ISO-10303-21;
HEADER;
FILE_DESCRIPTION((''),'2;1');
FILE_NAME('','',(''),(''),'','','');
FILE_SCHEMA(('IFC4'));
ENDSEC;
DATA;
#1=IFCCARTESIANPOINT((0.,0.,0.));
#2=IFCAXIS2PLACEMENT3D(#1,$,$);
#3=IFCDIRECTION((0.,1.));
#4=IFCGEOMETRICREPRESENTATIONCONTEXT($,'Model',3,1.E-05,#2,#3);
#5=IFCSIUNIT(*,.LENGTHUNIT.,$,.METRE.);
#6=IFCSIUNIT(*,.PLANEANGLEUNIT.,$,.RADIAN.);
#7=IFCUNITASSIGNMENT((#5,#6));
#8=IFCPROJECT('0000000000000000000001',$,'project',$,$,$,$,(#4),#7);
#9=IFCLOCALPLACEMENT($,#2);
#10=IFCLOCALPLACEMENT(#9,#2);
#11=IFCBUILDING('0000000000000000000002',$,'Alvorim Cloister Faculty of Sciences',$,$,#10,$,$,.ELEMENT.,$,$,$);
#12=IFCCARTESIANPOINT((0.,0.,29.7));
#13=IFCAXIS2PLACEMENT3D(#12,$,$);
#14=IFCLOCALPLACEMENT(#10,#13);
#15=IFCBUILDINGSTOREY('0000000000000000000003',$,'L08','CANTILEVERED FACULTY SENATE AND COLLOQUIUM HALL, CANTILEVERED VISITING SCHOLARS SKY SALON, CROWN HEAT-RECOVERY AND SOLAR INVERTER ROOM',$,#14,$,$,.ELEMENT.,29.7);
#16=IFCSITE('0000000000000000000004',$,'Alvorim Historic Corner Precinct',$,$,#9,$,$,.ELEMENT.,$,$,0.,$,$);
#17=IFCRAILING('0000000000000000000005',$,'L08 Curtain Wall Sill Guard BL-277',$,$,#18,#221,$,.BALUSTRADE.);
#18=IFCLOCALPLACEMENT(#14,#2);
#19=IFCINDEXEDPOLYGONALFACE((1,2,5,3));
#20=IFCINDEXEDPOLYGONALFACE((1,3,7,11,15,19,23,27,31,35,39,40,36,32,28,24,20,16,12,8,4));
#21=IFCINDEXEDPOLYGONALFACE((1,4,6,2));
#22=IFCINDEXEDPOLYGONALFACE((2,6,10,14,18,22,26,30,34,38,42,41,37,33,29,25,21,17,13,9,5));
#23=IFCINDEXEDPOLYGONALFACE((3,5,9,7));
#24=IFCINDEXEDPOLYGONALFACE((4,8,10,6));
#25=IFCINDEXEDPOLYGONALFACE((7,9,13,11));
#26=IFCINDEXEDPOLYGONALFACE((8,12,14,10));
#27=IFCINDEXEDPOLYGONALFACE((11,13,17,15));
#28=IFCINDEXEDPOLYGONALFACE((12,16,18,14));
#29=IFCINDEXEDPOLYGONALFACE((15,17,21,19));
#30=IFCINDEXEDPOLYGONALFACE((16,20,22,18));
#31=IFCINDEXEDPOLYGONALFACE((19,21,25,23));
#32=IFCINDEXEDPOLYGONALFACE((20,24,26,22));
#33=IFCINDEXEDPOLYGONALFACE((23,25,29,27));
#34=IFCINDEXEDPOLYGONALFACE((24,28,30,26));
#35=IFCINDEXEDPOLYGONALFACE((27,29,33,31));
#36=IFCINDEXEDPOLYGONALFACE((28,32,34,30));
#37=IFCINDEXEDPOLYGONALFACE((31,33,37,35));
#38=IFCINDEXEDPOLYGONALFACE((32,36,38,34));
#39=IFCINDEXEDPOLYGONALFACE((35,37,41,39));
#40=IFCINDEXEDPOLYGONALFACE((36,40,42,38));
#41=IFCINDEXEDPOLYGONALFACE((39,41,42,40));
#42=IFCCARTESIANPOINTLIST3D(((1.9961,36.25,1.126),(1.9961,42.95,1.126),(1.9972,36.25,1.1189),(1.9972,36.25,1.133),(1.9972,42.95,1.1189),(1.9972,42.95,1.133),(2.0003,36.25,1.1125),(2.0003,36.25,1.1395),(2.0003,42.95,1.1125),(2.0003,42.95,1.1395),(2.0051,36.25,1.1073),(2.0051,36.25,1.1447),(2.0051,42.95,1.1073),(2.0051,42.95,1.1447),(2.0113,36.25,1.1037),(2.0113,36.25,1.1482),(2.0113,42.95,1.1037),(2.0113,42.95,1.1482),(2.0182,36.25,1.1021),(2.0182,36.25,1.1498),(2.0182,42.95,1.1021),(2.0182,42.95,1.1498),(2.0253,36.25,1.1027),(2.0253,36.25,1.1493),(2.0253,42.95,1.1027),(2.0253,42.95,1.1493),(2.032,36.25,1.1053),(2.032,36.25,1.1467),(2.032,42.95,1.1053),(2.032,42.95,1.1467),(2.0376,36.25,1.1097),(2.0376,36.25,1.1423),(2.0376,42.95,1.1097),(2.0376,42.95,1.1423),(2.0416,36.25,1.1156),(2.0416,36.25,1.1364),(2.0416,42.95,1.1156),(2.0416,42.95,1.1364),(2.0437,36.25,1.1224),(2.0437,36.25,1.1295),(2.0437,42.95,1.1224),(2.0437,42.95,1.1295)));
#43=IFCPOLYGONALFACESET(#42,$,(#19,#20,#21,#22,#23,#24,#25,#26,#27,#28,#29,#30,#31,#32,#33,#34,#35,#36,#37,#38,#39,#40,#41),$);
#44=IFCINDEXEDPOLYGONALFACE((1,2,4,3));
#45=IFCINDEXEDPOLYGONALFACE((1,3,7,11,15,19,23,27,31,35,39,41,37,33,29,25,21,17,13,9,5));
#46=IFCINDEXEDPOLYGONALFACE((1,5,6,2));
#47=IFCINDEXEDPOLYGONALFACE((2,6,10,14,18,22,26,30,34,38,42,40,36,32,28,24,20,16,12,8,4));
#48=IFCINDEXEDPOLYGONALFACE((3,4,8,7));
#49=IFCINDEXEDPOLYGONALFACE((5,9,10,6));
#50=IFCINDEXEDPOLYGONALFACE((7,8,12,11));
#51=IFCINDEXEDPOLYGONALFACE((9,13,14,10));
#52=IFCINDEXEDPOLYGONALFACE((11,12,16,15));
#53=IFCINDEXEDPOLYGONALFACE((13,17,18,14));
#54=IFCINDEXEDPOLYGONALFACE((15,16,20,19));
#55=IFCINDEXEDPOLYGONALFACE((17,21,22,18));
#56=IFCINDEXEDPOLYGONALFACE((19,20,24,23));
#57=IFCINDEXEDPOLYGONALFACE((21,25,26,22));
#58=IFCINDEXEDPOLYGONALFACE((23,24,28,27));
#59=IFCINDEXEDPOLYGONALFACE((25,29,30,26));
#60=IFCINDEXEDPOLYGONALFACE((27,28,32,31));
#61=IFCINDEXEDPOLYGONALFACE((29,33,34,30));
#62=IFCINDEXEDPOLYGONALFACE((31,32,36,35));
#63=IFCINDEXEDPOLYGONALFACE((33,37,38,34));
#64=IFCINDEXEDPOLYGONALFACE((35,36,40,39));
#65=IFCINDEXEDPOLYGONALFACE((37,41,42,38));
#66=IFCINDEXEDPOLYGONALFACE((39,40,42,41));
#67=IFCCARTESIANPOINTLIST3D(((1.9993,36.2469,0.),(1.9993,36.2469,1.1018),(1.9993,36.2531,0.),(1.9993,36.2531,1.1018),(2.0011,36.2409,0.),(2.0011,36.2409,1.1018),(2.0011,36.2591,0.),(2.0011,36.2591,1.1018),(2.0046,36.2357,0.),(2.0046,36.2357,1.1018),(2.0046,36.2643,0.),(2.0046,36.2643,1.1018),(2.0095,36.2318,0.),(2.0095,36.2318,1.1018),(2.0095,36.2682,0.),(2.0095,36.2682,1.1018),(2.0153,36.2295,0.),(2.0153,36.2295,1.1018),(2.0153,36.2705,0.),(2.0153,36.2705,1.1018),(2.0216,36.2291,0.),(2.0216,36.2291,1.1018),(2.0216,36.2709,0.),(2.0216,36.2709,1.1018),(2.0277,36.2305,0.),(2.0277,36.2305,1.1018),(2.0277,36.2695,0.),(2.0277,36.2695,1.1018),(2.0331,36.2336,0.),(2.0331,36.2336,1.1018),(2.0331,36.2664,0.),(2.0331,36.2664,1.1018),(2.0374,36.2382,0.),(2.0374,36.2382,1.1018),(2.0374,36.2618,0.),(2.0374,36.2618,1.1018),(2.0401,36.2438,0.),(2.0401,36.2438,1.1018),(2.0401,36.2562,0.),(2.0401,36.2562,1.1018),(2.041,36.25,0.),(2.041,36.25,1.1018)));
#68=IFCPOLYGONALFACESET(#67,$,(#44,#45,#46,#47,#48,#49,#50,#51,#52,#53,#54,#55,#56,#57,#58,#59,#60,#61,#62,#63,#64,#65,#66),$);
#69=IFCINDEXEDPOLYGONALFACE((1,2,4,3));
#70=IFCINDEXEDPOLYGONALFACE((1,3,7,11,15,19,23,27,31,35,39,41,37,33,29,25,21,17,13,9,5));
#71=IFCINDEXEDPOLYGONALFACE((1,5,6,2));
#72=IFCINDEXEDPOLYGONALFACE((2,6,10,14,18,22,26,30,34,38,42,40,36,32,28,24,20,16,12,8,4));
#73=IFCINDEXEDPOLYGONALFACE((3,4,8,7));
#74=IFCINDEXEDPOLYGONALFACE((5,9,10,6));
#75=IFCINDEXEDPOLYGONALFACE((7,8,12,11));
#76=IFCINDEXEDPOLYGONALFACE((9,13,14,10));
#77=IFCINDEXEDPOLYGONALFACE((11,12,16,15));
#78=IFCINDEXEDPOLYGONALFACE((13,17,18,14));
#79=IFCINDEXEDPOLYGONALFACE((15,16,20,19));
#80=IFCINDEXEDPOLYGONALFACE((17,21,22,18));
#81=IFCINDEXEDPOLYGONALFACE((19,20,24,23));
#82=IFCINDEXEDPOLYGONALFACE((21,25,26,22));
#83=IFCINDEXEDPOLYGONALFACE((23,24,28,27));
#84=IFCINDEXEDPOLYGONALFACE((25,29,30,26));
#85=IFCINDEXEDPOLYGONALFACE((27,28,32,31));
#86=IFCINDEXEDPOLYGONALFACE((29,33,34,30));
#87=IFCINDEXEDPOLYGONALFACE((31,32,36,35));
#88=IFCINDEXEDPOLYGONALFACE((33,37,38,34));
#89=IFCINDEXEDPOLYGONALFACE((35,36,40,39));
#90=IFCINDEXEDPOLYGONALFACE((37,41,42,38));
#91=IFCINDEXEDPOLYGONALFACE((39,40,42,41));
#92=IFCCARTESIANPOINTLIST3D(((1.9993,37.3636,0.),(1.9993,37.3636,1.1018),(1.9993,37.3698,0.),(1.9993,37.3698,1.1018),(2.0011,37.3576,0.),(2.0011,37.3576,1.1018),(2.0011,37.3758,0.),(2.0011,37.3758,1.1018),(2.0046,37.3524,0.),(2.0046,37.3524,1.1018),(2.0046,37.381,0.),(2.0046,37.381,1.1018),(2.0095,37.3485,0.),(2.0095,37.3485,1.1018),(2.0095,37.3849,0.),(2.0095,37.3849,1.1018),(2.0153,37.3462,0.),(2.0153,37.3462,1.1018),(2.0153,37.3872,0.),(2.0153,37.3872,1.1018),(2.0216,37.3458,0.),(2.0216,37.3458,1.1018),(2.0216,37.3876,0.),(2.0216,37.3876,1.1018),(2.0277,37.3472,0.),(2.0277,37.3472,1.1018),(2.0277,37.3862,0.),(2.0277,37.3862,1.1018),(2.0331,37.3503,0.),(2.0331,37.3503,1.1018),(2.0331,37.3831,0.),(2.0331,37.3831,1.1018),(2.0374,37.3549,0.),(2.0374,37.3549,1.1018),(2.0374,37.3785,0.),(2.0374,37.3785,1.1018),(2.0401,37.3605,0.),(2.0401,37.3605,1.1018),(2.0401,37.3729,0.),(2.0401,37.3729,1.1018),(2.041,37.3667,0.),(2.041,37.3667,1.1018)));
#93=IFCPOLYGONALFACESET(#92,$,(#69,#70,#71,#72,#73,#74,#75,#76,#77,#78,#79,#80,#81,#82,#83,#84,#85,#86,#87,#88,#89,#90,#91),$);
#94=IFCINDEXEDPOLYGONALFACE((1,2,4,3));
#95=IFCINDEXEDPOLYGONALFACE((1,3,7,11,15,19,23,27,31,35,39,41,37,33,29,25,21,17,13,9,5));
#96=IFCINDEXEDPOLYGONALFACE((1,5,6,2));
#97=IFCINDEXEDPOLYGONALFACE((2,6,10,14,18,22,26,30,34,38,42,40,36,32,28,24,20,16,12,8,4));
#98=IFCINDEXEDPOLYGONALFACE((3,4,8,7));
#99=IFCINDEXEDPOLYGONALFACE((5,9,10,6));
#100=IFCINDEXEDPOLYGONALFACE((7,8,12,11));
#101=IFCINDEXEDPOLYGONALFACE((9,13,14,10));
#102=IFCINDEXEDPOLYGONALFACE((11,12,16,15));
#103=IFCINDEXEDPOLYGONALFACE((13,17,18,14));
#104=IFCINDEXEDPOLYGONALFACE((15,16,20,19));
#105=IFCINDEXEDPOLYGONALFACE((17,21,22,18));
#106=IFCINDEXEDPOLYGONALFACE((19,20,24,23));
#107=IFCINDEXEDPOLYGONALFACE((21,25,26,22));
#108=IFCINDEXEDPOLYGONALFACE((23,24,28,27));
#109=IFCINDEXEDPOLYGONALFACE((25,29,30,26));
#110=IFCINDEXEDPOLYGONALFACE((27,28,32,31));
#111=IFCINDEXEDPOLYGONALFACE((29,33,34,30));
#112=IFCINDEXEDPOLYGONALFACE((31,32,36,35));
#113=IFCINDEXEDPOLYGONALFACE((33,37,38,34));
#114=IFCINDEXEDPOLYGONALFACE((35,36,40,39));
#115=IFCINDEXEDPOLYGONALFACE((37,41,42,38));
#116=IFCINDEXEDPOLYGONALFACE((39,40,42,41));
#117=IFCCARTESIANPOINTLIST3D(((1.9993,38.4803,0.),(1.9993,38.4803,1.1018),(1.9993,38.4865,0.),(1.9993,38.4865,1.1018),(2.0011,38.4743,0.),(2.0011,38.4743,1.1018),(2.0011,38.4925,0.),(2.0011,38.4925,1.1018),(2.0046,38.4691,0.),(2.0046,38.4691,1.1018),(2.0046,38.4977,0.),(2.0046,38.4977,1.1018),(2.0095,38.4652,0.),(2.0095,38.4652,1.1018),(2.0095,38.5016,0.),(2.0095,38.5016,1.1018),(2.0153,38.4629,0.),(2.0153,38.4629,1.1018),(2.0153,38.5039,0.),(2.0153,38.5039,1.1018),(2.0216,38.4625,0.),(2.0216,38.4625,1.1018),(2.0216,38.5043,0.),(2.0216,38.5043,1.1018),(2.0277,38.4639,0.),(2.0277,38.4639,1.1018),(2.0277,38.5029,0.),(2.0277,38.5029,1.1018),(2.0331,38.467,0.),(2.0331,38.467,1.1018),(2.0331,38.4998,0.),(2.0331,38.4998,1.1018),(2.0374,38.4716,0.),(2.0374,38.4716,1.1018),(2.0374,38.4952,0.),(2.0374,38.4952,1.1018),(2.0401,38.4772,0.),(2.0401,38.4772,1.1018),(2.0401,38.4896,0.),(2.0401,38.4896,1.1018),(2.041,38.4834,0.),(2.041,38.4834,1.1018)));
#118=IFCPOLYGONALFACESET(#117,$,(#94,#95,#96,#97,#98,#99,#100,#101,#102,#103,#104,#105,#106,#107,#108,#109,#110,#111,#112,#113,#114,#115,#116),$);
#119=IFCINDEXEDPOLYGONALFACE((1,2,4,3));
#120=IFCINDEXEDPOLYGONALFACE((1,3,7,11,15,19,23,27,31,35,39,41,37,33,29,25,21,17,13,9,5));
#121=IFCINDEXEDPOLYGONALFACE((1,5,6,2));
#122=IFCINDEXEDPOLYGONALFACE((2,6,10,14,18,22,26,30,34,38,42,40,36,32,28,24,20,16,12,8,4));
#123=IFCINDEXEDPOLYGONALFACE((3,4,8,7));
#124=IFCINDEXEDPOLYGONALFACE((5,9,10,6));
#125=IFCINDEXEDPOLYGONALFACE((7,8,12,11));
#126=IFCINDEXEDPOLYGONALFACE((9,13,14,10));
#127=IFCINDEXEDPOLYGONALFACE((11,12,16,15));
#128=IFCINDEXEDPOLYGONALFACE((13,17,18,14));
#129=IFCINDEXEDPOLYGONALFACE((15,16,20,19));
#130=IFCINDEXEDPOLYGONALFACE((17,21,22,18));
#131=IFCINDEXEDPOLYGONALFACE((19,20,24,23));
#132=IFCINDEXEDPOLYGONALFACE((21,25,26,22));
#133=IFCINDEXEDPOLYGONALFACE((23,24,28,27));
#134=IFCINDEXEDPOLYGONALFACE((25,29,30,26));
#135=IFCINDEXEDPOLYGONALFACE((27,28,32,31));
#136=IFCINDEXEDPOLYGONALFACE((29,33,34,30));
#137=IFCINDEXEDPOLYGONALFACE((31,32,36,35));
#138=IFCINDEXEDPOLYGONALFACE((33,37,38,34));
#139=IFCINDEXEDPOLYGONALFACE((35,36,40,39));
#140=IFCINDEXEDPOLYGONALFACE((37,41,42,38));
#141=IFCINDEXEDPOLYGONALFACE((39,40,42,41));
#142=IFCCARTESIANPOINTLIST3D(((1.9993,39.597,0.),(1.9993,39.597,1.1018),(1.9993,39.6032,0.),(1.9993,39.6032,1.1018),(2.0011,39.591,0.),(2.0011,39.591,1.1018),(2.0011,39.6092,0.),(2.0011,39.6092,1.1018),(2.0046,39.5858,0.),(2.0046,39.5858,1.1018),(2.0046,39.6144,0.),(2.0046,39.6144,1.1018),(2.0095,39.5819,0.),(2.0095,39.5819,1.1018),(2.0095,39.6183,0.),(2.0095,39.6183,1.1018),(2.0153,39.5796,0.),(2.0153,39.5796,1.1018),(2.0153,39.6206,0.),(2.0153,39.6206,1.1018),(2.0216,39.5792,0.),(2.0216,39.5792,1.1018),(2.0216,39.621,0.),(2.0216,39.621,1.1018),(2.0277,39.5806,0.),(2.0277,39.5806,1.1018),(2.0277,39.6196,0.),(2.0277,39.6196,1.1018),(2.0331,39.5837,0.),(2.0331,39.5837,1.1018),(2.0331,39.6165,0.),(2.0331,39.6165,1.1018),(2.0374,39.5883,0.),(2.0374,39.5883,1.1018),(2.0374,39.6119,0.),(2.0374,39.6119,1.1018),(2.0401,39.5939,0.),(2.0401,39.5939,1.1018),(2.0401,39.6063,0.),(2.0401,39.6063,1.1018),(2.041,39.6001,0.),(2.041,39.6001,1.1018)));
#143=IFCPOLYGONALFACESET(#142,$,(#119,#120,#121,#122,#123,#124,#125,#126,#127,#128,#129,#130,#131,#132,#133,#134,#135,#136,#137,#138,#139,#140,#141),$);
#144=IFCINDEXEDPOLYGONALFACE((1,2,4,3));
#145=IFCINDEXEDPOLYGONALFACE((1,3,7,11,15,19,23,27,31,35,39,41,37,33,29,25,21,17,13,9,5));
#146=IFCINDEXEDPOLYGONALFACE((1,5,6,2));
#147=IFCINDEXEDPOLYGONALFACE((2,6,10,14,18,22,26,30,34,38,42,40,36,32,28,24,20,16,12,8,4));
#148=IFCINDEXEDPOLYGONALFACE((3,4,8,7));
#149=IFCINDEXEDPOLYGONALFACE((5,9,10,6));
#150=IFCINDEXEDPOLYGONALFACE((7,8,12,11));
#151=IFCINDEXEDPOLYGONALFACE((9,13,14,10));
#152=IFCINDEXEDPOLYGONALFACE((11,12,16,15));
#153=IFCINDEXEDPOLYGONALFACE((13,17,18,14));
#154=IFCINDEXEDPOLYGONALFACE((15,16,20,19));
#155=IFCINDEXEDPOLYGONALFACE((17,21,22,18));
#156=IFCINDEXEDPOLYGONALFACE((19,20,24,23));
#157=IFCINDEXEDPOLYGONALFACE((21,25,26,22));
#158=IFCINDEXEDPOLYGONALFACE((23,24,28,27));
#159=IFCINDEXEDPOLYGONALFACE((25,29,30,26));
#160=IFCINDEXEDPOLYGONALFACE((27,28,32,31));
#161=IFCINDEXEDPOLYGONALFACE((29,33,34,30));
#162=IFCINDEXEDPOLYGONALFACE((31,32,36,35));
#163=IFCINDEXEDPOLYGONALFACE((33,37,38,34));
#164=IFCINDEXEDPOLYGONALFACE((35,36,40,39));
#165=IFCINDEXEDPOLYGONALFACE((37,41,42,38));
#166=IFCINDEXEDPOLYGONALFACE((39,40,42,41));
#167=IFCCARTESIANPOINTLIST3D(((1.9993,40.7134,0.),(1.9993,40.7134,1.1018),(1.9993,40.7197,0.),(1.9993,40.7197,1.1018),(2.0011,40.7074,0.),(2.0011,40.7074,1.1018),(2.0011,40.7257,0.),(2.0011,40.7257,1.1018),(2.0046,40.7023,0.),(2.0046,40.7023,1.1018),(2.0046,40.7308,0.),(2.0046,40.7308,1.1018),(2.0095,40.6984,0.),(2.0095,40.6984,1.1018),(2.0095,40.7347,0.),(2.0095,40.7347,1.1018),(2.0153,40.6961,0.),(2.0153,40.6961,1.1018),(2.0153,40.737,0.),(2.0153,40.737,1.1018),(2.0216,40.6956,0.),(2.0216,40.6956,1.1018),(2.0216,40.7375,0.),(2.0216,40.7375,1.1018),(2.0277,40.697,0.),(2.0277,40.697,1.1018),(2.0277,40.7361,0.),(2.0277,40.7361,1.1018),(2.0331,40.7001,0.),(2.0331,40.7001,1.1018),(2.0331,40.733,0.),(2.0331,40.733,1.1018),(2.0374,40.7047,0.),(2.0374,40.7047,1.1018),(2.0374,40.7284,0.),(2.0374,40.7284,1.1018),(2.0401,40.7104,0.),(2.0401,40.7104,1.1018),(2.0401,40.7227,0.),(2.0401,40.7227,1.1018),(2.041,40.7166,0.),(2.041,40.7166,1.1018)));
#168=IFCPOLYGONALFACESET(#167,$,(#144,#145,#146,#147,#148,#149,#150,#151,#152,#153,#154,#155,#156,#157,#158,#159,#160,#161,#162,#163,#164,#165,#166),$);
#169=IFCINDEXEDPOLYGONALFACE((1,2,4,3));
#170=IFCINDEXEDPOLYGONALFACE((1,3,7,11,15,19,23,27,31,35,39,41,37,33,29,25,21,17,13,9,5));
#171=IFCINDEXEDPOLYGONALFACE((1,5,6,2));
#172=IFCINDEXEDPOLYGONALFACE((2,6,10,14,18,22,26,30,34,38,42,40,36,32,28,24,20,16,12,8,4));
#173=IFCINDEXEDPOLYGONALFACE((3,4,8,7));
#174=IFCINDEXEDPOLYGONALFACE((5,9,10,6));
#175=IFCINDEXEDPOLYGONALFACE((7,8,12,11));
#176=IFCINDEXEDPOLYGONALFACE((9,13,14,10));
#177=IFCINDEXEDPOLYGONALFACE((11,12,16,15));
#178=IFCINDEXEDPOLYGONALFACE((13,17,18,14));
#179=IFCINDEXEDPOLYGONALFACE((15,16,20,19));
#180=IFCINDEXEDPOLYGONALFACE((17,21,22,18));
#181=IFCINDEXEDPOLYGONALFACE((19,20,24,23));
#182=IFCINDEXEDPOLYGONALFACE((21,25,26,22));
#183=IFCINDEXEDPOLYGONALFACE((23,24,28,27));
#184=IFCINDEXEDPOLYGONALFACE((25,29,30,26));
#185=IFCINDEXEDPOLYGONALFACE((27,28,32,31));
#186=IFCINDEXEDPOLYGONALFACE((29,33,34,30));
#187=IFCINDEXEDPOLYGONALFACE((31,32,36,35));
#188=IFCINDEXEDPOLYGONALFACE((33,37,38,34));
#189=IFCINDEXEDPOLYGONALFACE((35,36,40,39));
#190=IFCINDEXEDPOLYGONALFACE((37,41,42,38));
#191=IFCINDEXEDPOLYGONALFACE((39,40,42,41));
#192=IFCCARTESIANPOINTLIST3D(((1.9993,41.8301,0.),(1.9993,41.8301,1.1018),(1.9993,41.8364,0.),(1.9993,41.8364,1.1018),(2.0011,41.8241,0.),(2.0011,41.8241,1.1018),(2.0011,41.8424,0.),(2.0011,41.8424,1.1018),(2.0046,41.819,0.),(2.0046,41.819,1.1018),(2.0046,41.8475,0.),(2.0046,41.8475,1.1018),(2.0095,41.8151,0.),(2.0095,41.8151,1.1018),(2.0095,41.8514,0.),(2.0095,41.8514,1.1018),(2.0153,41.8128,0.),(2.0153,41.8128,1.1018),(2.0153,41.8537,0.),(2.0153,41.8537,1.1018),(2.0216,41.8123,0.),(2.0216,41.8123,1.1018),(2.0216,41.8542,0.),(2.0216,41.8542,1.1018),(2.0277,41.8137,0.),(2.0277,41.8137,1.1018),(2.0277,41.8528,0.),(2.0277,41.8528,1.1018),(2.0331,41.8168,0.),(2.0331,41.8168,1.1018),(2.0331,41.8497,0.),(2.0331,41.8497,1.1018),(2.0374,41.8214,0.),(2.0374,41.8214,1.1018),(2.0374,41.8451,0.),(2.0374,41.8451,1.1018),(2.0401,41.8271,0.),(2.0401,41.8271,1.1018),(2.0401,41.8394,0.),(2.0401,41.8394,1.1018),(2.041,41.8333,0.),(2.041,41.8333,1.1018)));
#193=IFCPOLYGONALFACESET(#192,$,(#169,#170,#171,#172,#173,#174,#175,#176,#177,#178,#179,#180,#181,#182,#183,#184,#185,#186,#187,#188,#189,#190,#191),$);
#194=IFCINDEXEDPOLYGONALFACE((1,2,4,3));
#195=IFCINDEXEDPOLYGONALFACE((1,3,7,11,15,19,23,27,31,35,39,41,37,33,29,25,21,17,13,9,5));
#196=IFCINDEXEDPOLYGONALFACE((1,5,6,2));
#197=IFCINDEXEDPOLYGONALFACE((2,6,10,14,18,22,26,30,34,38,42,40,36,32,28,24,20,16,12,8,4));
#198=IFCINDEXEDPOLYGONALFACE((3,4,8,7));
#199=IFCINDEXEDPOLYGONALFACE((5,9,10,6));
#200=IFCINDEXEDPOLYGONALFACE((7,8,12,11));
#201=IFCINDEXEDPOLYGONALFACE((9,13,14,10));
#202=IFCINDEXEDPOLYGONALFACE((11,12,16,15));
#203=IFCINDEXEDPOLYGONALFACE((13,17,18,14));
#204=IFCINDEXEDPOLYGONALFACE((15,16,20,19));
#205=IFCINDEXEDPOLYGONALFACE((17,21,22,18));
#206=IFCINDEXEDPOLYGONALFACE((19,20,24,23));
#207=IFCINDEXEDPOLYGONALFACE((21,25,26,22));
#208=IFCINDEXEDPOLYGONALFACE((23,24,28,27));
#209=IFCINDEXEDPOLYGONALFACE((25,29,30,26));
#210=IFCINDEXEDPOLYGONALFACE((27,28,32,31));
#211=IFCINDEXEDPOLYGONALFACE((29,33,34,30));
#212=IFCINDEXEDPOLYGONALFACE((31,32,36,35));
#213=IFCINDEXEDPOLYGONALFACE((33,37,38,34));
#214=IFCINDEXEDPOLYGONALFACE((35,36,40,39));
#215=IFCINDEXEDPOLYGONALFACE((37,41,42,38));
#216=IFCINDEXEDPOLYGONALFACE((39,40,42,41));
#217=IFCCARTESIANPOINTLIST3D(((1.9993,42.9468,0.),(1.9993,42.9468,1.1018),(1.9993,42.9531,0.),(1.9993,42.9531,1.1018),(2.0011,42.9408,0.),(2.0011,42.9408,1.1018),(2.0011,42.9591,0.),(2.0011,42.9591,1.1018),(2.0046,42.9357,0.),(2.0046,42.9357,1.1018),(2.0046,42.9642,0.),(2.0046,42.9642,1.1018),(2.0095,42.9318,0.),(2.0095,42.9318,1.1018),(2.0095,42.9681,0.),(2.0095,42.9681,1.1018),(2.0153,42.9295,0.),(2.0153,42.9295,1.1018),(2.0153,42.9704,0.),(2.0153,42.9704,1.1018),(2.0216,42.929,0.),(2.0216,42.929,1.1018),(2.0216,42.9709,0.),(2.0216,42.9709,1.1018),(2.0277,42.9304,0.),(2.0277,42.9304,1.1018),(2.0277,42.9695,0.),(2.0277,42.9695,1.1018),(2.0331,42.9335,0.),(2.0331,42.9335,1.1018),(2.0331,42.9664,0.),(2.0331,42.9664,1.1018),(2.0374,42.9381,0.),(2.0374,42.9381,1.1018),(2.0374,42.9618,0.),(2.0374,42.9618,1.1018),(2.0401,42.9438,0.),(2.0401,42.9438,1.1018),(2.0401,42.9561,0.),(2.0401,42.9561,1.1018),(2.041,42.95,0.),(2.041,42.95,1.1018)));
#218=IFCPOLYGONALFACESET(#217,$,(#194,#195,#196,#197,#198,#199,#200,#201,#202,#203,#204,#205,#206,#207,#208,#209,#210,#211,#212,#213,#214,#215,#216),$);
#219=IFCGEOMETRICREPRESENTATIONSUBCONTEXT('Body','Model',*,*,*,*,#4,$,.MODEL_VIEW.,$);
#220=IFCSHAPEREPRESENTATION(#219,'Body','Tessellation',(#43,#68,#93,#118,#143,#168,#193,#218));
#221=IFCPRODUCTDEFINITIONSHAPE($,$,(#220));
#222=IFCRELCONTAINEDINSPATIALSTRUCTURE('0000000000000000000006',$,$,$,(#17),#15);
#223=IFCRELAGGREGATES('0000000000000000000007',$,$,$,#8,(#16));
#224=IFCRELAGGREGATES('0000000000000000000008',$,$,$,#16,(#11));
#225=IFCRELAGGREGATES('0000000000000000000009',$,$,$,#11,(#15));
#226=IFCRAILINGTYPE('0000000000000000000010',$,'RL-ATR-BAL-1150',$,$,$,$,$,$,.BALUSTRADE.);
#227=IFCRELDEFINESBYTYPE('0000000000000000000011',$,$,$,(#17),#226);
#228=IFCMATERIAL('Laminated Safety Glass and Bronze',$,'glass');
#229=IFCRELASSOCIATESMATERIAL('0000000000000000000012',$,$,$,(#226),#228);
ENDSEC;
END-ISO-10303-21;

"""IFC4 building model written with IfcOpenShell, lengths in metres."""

from ifc_helpers import new_model, si_unit, direction, frame, origin, origin_2d, place, context, subcontext, project, spatial, circle, extrude, material, type_object, element, save


model = new_model("IFC4")

# Units and contexts
model_context = context("Model", 3, precision=1e-05, world=origin(), true_north=direction((0.0, 1.0)))
body_context = subcontext(model_context, "Body", "Model", "MODEL_VIEW")
ifc_project = project(units=[si_unit("LENGTHUNIT", "METRE"), si_unit("PLANEANGLEUNIT", "RADIAN")], contexts=[model_context])

# Site, building, storey
site_placement = place(None, origin())
site = spatial("IfcSite", under=ifc_project, at=site_placement, Name="Alvorim Historic Corner Precinct", CompositionType="ELEMENT", RefElevation=0.0)
building_placement = place(site_placement, origin())
building = spatial("IfcBuilding", under=site, at=building_placement, Name="Alvorim Cloister Faculty of Sciences", CompositionType="ELEMENT")
storey_placement = place(building_placement, frame((0.0, 0.0, 29.7)))
storey = spatial("IfcBuildingStorey", under=building, at=storey_placement, Name="L08", Description="CANTILEVERED FACULTY SENATE AND COLLOQUIUM HALL, CANTILEVERED VISITING SCHOLARS SKY SALON, CROWN HEAT-RECOVERY AND SOLAR INVERTER ROOM", CompositionType="ELEMENT", Elevation=29.7)

# Railing
ifc_material_1 = material(Name="Laminated Safety Glass and Bronze", Category="glass")
railing_type = type_object("IfcRailingType", Name="RL-ATR-BAL-1150", PredefinedType="BALUSTRADE", material=ifc_material_1)
railing_1_placement = place(storey_placement, frame((2.02, 36.25, 0.0)))
element("IfcRailing", 1, at=railing_1_placement, inside=storey, type_object=railing_type, Name="L08 Curtain Wall Sill Guard BL-277", PredefinedType="BALUSTRADE", context=body_context, shape_type="SweptSolid", body=[
    extrude(circle(Radius=0.0239, at=origin_2d()), frame((0.0, 0.0, 1.126), z_axis=(0.0, 1.0, 0.0), x_axis=(-1.0, 0.0, 0.0)), (0.0, 0.0, 1.0), 6.7),
    extrude(circle(Radius=0.021, at=origin_2d()), origin(), (0.0, 0.0, 1.0), 1.1018),
    extrude(circle(Radius=0.021, at=origin_2d()), frame((0.0, 1.1167, 0.0)), (0.0, 0.0, 1.0), 1.1018),
    extrude(circle(Radius=0.021, at=origin_2d()), frame((0.0, 2.2334, 0.0)), (0.0, 0.0, 1.0), 1.1018),
    extrude(circle(Radius=0.021, at=origin_2d()), frame((0.0, 3.3501, 0.0)), (0.0, 0.0, 1.0), 1.1018),
    extrude(circle(Radius=0.021, at=origin_2d()), frame((0.0, 4.4666, 0.0)), (0.0, 0.0, 1.0), 1.1018),
    extrude(circle(Radius=0.021, at=origin_2d()), frame((0.0, 5.5833, 0.0)), (0.0, 0.0, 1.0), 1.1018),
    extrude(circle(Radius=0.021, at=origin_2d()), frame((0.0, 6.7, 0.0)), (0.0, 0.0, 1.0), 1.1018),
])

save(model, "model.ifc")
